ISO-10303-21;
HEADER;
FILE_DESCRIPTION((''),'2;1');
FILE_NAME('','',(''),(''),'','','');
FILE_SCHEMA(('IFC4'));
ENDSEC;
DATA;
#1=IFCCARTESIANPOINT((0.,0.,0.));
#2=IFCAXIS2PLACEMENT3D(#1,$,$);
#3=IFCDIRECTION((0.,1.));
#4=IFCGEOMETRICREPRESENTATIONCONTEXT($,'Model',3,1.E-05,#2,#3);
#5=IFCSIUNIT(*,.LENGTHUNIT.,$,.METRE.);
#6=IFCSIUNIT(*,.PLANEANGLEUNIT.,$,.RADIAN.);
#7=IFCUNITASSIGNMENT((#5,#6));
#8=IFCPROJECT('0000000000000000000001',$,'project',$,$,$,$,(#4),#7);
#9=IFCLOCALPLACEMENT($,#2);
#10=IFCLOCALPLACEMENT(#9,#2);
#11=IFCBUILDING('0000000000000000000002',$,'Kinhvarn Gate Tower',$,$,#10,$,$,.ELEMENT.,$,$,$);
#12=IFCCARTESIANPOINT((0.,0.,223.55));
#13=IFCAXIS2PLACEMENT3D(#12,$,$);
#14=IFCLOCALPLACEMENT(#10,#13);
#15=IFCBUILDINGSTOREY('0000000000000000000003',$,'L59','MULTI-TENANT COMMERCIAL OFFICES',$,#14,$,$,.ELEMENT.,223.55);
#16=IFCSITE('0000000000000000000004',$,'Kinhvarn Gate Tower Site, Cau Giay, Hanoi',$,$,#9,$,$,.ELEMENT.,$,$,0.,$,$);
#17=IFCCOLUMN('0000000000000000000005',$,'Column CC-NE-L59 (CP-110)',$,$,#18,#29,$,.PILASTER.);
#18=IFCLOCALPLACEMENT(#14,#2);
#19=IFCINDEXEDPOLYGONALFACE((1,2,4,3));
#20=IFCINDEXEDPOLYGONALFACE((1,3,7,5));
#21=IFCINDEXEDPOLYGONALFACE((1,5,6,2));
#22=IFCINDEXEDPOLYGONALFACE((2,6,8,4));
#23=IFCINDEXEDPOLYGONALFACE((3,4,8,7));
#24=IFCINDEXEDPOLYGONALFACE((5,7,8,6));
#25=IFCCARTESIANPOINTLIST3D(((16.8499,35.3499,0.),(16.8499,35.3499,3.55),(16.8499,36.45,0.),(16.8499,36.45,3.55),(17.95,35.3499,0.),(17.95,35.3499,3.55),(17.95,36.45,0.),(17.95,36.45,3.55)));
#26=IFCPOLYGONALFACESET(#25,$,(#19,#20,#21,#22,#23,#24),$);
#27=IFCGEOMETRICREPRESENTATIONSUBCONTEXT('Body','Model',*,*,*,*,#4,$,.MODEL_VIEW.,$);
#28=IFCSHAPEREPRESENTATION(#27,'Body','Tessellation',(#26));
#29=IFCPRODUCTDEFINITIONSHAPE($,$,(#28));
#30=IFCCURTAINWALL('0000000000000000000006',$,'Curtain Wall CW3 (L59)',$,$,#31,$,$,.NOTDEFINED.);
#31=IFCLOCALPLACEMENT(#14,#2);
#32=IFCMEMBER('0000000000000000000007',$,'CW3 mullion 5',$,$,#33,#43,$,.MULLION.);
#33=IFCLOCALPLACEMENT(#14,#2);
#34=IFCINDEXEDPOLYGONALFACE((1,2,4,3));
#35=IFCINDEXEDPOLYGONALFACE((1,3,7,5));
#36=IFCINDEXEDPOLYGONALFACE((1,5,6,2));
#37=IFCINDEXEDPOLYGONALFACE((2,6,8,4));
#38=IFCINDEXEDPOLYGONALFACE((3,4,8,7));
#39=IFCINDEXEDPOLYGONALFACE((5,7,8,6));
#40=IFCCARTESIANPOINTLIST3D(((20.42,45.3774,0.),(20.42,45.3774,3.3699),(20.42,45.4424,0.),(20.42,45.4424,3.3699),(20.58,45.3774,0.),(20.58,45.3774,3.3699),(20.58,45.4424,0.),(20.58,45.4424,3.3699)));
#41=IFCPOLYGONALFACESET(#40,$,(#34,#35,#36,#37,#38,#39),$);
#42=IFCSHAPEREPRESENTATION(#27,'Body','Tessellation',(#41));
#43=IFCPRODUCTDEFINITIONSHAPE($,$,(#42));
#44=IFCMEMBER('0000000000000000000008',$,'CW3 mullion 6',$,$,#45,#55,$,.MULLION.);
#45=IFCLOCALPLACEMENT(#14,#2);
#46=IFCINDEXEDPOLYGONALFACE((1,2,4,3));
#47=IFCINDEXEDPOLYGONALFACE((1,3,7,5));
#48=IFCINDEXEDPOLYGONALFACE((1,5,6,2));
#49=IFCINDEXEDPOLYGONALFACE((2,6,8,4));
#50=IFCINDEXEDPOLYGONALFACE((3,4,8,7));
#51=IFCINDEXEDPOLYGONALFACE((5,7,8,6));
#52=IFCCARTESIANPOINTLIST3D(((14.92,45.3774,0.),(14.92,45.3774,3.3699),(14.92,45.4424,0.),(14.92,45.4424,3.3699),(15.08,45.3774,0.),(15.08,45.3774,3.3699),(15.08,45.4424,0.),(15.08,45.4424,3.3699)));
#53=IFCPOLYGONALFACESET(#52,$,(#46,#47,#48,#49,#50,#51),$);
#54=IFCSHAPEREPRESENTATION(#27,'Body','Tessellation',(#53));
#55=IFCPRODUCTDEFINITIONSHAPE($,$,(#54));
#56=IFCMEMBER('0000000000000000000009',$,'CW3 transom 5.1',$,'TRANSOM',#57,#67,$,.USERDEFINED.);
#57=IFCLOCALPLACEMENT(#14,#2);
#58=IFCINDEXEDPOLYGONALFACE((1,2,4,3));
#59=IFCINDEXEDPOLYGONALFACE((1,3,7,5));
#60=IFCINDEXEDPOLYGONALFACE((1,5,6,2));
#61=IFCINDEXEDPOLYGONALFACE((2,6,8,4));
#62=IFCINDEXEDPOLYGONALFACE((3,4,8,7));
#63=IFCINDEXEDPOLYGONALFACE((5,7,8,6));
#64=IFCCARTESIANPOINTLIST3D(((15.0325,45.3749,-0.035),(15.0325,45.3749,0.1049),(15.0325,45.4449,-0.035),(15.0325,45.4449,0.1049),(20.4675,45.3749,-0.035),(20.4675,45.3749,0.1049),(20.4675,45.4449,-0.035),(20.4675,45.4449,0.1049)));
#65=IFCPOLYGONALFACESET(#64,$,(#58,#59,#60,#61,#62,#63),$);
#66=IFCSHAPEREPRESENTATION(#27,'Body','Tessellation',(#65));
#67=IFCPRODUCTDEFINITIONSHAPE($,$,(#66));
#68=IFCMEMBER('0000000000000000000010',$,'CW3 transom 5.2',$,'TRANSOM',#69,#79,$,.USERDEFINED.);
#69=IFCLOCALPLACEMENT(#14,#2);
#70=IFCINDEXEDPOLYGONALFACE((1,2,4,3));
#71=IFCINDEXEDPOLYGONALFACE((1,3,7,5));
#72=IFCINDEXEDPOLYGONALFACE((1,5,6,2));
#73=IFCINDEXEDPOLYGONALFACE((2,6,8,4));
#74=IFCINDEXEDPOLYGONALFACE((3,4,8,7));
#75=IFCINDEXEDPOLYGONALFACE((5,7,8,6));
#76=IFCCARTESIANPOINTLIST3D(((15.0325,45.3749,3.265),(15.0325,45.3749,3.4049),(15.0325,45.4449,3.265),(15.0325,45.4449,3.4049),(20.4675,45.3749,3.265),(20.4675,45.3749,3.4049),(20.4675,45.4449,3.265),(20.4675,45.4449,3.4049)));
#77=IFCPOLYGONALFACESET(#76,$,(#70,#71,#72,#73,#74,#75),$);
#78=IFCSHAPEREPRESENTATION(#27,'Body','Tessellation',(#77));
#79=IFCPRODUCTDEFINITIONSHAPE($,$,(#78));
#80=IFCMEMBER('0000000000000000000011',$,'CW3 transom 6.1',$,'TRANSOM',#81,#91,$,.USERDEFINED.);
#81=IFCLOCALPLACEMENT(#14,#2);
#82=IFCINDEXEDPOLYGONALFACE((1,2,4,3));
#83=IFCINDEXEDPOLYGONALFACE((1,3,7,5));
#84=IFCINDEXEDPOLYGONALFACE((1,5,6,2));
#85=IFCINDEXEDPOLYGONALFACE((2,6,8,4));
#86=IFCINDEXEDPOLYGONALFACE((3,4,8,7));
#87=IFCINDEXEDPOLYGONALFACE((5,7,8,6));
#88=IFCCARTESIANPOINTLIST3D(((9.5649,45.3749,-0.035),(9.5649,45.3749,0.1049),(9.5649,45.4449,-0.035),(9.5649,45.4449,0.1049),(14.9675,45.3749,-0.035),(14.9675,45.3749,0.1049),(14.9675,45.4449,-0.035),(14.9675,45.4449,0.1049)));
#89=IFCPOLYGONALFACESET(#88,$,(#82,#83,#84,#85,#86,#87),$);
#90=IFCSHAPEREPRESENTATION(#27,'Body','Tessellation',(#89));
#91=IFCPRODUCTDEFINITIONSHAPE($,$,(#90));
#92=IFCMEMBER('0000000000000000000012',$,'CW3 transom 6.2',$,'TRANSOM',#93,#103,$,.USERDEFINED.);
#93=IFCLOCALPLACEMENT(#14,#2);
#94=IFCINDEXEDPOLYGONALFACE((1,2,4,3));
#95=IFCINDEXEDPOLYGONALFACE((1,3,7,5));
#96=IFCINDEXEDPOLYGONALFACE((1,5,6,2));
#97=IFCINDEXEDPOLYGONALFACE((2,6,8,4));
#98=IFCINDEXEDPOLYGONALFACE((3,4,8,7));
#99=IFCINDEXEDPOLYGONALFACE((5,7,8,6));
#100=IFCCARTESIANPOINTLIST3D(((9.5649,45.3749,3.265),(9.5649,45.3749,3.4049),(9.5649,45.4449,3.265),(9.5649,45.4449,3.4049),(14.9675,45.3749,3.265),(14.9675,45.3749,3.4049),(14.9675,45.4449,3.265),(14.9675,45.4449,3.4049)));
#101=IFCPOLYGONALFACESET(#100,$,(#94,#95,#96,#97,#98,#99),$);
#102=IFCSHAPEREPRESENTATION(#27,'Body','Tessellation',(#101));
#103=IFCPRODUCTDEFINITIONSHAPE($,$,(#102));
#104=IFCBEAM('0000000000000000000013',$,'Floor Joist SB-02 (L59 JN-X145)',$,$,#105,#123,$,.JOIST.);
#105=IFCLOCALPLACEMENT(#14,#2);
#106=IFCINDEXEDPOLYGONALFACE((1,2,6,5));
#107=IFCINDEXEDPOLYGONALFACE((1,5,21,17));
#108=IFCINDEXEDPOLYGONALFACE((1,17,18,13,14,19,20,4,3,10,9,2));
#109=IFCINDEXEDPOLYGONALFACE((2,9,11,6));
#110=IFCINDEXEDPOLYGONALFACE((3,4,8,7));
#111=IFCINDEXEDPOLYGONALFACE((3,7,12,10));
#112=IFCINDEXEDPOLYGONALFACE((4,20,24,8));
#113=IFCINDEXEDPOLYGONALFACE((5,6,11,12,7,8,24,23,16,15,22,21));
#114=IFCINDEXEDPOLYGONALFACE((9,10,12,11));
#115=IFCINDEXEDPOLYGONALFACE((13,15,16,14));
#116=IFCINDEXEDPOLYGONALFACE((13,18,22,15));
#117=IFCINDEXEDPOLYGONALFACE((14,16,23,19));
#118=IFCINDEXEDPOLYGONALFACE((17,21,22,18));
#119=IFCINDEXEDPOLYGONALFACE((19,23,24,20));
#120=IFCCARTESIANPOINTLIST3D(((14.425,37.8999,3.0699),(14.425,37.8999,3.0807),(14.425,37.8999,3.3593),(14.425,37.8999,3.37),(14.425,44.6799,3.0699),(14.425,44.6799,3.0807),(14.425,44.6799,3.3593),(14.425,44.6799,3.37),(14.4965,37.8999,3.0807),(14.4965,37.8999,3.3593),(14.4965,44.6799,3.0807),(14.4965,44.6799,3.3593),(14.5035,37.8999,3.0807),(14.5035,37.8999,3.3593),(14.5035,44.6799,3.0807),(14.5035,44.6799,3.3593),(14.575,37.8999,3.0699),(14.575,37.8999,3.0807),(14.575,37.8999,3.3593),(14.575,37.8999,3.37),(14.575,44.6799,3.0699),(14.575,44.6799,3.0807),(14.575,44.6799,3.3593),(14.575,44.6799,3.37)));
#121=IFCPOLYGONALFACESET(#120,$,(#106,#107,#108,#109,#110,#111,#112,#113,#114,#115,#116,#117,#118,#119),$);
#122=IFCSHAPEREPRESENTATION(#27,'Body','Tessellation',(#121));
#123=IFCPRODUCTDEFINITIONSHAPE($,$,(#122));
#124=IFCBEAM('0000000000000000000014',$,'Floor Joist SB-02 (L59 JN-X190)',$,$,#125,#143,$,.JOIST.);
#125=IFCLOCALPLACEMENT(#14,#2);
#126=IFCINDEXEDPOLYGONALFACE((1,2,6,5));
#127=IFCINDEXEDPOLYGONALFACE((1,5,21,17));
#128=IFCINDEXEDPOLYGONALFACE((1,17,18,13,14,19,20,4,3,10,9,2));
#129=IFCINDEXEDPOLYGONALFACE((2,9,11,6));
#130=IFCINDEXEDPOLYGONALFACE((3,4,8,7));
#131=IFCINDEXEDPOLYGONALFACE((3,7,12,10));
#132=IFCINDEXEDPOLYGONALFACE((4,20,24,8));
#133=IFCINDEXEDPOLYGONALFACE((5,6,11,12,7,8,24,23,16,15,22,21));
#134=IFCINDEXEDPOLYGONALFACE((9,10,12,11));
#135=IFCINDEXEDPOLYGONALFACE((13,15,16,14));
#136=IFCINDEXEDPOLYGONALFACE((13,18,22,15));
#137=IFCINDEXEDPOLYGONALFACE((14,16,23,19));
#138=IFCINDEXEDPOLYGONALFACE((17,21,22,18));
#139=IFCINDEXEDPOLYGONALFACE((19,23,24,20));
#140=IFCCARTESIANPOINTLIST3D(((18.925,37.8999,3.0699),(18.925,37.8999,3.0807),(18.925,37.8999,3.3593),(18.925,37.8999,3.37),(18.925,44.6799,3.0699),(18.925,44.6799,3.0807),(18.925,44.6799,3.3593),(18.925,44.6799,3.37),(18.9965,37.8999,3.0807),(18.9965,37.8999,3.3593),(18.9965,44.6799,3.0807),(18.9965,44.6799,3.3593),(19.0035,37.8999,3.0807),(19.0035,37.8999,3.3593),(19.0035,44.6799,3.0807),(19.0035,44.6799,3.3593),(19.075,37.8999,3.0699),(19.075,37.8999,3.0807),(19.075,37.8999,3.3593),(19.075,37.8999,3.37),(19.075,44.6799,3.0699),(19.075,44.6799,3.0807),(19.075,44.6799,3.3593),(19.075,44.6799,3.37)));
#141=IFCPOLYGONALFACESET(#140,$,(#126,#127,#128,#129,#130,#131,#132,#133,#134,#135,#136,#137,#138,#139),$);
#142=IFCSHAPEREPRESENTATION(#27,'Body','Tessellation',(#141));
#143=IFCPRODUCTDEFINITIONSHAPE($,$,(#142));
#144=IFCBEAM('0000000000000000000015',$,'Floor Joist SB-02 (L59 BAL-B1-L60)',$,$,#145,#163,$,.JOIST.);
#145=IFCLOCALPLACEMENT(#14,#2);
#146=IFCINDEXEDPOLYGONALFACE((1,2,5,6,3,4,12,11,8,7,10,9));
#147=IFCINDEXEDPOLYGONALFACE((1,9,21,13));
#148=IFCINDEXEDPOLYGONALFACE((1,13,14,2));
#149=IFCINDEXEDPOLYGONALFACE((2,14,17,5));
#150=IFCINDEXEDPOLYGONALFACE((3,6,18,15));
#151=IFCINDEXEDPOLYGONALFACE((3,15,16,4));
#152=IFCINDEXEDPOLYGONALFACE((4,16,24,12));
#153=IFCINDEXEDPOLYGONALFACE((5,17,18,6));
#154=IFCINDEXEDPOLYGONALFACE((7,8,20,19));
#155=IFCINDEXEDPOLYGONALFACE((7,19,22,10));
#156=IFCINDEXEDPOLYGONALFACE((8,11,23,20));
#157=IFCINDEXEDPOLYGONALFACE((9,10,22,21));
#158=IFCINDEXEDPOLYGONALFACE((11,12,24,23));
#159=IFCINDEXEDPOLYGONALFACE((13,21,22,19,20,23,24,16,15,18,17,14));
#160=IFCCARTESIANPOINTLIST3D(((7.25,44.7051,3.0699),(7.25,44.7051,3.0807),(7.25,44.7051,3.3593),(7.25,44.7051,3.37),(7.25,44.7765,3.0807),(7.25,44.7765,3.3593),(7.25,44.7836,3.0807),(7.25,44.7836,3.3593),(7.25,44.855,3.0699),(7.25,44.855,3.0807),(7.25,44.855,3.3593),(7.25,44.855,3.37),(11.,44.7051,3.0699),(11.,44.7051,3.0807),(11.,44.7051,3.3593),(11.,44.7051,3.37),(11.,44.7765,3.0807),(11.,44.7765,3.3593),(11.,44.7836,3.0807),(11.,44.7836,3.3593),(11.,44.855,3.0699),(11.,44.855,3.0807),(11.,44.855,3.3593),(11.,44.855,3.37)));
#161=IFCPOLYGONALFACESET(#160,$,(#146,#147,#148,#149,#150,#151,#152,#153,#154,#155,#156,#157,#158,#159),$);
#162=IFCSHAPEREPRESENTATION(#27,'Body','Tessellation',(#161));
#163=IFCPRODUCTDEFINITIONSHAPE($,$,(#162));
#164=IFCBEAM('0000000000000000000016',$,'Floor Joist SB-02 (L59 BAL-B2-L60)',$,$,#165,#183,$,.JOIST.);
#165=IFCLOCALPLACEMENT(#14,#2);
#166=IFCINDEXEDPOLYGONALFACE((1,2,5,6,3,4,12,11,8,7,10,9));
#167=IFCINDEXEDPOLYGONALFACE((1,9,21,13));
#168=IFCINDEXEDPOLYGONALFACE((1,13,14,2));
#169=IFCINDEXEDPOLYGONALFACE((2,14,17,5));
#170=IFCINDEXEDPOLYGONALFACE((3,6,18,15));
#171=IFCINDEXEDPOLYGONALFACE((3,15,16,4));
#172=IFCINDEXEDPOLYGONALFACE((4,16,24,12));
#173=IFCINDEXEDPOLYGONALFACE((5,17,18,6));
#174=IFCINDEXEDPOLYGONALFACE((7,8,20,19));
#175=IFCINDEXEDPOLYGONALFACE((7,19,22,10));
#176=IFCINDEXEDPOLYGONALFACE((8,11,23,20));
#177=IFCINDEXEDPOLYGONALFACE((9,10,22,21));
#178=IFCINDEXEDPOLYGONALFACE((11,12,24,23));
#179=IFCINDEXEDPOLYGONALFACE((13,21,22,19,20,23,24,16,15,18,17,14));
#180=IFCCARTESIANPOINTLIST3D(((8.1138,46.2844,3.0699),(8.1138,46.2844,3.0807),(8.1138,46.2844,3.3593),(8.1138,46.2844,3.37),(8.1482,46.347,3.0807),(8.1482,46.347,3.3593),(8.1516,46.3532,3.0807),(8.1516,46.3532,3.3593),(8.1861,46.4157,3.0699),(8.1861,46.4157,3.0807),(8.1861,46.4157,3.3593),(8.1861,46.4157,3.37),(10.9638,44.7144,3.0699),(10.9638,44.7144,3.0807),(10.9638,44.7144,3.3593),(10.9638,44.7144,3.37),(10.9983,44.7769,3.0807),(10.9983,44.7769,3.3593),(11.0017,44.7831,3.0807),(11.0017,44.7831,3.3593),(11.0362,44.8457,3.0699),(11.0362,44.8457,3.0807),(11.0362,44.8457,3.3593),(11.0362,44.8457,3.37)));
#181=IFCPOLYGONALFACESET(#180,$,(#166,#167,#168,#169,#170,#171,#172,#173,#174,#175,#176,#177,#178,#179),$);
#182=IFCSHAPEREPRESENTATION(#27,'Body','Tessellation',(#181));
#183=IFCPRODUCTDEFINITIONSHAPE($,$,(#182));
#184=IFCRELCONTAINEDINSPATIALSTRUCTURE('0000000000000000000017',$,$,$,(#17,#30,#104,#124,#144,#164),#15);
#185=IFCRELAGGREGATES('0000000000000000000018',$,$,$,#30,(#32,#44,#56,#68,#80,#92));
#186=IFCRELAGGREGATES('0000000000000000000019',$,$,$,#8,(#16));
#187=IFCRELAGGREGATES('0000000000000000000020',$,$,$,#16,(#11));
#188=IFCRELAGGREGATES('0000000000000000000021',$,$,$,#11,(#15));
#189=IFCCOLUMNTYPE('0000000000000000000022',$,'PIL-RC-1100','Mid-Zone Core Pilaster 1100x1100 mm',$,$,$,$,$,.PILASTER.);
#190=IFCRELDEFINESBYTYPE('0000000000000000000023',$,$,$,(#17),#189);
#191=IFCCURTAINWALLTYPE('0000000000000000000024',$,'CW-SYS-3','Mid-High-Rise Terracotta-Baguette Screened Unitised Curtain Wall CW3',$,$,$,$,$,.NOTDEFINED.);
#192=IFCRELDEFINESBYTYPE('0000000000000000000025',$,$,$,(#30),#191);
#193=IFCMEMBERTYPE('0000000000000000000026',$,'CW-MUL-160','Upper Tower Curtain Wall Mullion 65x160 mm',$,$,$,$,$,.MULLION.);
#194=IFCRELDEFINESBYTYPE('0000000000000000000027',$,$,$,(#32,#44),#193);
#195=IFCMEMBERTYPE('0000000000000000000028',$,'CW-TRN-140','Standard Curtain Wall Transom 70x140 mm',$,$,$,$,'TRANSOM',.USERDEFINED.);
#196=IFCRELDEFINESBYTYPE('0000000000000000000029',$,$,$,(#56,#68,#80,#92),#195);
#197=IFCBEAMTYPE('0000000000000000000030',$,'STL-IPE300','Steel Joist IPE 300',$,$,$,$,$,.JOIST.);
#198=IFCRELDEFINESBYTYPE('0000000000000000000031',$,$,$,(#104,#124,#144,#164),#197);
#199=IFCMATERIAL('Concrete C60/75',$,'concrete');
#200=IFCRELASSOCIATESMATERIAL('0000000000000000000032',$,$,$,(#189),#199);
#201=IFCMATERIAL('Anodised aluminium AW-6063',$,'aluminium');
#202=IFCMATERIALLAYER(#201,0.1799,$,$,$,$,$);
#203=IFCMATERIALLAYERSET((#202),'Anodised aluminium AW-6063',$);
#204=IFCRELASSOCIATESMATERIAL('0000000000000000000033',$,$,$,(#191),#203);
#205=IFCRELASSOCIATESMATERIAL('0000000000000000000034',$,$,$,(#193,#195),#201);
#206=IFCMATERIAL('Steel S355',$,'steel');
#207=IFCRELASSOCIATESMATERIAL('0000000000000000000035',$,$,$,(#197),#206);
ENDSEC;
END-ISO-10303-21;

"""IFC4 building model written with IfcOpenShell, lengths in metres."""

from ifc_helpers import new_model, si_unit, direction, frame, origin, origin_2d, place, context, subcontext, project, spatial, rectangle, i_section, extrude, material, layer, layer_set, material_profile, profile_set, type_object, element, aggregate, save


model = new_model("IFC4")

# Units and contexts
model_context = context("Model", 3, precision=1e-05, world=origin(), true_north=direction((0.0, 1.0)))
body_context = subcontext(model_context, "Body", "Model", "MODEL_VIEW")
ifc_project = project(units=[si_unit("LENGTHUNIT", "METRE"), si_unit("PLANEANGLEUNIT", "RADIAN")], contexts=[model_context])

# Site, building, storey
site_placement = place(None, origin())
site = spatial("IfcSite", under=ifc_project, at=site_placement, Name="Kinhvarn Gate Tower Site, Cau Giay, Hanoi", CompositionType="ELEMENT", RefElevation=0.0)
building_placement = place(site_placement, origin())
building = spatial("IfcBuilding", under=site, at=building_placement, Name="Kinhvarn Gate Tower", CompositionType="ELEMENT")
storey_placement = place(building_placement, frame((0.0, 0.0, 223.55)))
storey = spatial("IfcBuildingStorey", under=building, at=storey_placement, Name="L59", Description="MULTI-TENANT COMMERCIAL OFFICES", CompositionType="ELEMENT", Elevation=223.55)

# Column
ifc_material_1 = material(Name="Concrete C60/75", Category="concrete")
ifc_material_profile_1 = material_profile(ifc_material_1, rectangle(XDim=1.1001, YDim=1.1001, at=origin_2d()), Name="RC 1100x1100")
ifc_profile_set_1 = profile_set([ifc_material_profile_1], Name="Concrete C60/75")
column_type = type_object("IfcColumnType", Name="PIL-RC-1100", Description="Mid-Zone Core Pilaster 1100x1100 mm", PredefinedType="PILASTER", material=ifc_profile_set_1)
column_placement = place(storey_placement, frame((17.3999, 35.8999, 0.0), z_axis=(0.0, 0.0, 1.0), x_axis=(1.0, 0.0, 0.0)))
element("IfcColumn", 1, at=column_placement, inside=storey, type_object=column_type, Name="Column CC-NE-L59 (CP-110)", PredefinedType="PILASTER", context=body_context, shape_type="SweptSolid", body=[
    extrude(rectangle(XDim=1.1001, YDim=1.1001, at=origin_2d()), origin(), (0.0, 0.0, 1.0), 3.55),
])

# Curtain wall, members
ifc_material_2 = material(Name="Anodised aluminium AW-6063", Category="aluminium")
ifc_layer_1 = layer(ifc_material_2, 0.1799)
ifc_layer_set_1 = layer_set([ifc_layer_1], Name="Anodised aluminium AW-6063")
curtain_wall_type = type_object("IfcCurtainWallType", Name="CW-SYS-3", Description="Mid-High-Rise Terracotta-Baguette Screened Unitised Curtain Wall CW3", PredefinedType="NOTDEFINED", material=ifc_layer_set_1)
curtain_wall_placement = place(storey_placement, origin())
curtain_wall = element("IfcCurtainWall", 2, at=curtain_wall_placement, inside=storey, type_object=curtain_wall_type, Name="Curtain Wall CW3 (L59)", PredefinedType="NOTDEFINED")
ifc_material_profile_2 = material_profile(ifc_material_2, rectangle(XDim=0.0649, YDim=0.1599, at=origin_2d()), Name="ALU 65x160")
ifc_profile_set_2 = profile_set([ifc_material_profile_2], Name="Anodised aluminium AW-6063")
member_type_1 = type_object("IfcMemberType", Name="CW-MUL-160", Description="Upper Tower Curtain Wall Mullion 65x160 mm", PredefinedType="MULLION", material=ifc_profile_set_2)
member_1_placement = place(storey_placement, frame((20.5, 45.4099, 0.0), z_axis=(0.0, 0.0, 1.0), x_axis=(0.0, -1.0, 0.0)))
member_1 = element("IfcMember", 3, at=member_1_placement, type_object=member_type_1, Name="CW3 mullion 5", PredefinedType="MULLION", context=body_context, shape_type="SweptSolid", body=[
    extrude(rectangle(XDim=0.0649, YDim=0.1599, at=origin_2d()), origin(), (0.0, 0.0, 1.0), 3.3699),
])
member_2_placement = place(storey_placement, frame((15.0, 45.4099, 0.0), z_axis=(0.0, 0.0, 1.0), x_axis=(0.0, -1.0, 0.0)))
member_2 = element("IfcMember", 4, at=member_2_placement, type_object=member_type_1, Name="CW3 mullion 6", PredefinedType="MULLION", context=body_context, shape_type="SweptSolid", body=[
    extrude(rectangle(XDim=0.0649, YDim=0.1599, at=origin_2d()), origin(), (0.0, 0.0, 1.0), 3.3699),
])
ifc_material_profile_3 = material_profile(ifc_material_2, rectangle(XDim=0.0701, YDim=0.1399, at=origin_2d()), Name="ALU 70x140")
ifc_profile_set_3 = profile_set([ifc_material_profile_3], Name="Anodised aluminium AW-6063")
member_type_2 = type_object("IfcMemberType", Name="CW-TRN-140", Description="Standard Curtain Wall Transom 70x140 mm", ElementType="TRANSOM", PredefinedType="USERDEFINED", material=ifc_profile_set_3)
member_3_placement = place(storey_placement, frame((20.4675, 45.4099, 0.0349), z_axis=(-1.0, 0.0, 0.0), x_axis=(0.0, -1.0, 0.0)))
member_3 = element("IfcMember", 5, at=member_3_placement, type_object=member_type_2, Name="CW3 transom 5.1", ObjectType="TRANSOM", PredefinedType="USERDEFINED", context=body_context, shape_type="SweptSolid", body=[
    extrude(rectangle(XDim=0.0701, YDim=0.1399, at=origin_2d()), origin(), (0.0, 0.0, 1.0), 5.4351),
])
member_4_placement = place(storey_placement, frame((20.4675, 45.4099, 3.335), z_axis=(-1.0, 0.0, 0.0), x_axis=(0.0, -1.0, 0.0)))
member_4 = element("IfcMember", 6, at=member_4_placement, type_object=member_type_2, Name="CW3 transom 5.2", ObjectType="TRANSOM", PredefinedType="USERDEFINED", context=body_context, shape_type="SweptSolid", body=[
    extrude(rectangle(XDim=0.0701, YDim=0.1399, at=origin_2d()), origin(), (0.0, 0.0, 1.0), 5.4351),
])
member_5_placement = place(storey_placement, frame((14.9675, 45.4099, 0.0349), z_axis=(-1.0, 0.0, 0.0), x_axis=(0.0, -1.0, 0.0)))
member_5 = element("IfcMember", 7, at=member_5_placement, type_object=member_type_2, Name="CW3 transom 6.1", ObjectType="TRANSOM", PredefinedType="USERDEFINED", context=body_context, shape_type="SweptSolid", body=[
    extrude(rectangle(XDim=0.0701, YDim=0.1399, at=origin_2d()), origin(), (0.0, 0.0, 1.0), 5.4026),
])
member_6_placement = place(storey_placement, frame((14.9675, 45.4099, 3.335), z_axis=(-1.0, 0.0, 0.0), x_axis=(0.0, -1.0, 0.0)))
member_6 = element("IfcMember", 8, at=member_6_placement, type_object=member_type_2, Name="CW3 transom 6.2", ObjectType="TRANSOM", PredefinedType="USERDEFINED", context=body_context, shape_type="SweptSolid", body=[
    extrude(rectangle(XDim=0.0701, YDim=0.1399, at=origin_2d()), origin(), (0.0, 0.0, 1.0), 5.4026),
])

# Beams
ifc_material_3 = material(Name="Steel S355", Category="steel")
ifc_material_profile_4 = material_profile(ifc_material_3, i_section(OverallWidth=0.1499, OverallDepth=0.3, WebThickness=0.0071, FlangeThickness=0.0107, at=origin_2d()), Name="IPE 300")
ifc_profile_set_4 = profile_set([ifc_material_profile_4], Name="Steel S355")
beam_type_1 = type_object("IfcBeamType", Name="STL-IPE300", Description="Steel Joist IPE 300", PredefinedType="JOIST", material=ifc_profile_set_4)
for number, where, z_axis, x_axis, name in (
    (9, (14.5, 37.8999, 3.22), (0.0, 1.0, 0.0), (-1.0, 0.0, 0.0), "Floor Joist SB-02 (L59 JN-X145)"),
    (10, (19.0, 37.8999, 3.22), (0.0, 1.0, 0.0), (-1.0, 0.0, 0.0), "Floor Joist SB-02 (L59 JN-X190)"),
):
    element("IfcBeam", number, at=place(storey_placement, frame(where, z_axis=z_axis, x_axis=x_axis)), inside=storey, type_object=beam_type_1, Name=name, PredefinedType="JOIST", context=body_context, shape_type="SweptSolid", body=[
        extrude(i_section(OverallWidth=0.1499, OverallDepth=0.3, WebThickness=0.0071, FlangeThickness=0.0107, at=origin_2d()), origin(), (0.0, 0.0, 1.0), 6.78),
    ])
beam_1_placement = place(storey_placement, frame((11.0, 44.78, 3.22), z_axis=(-1.0, 0.0, 0.0), x_axis=(0.0, -1.0, 0.0)))
element("IfcBeam", 11, at=beam_1_placement, inside=storey, type_object=beam_type_1, Name="Floor Joist SB-02 (L59 BAL-B1-L60)", PredefinedType="JOIST", context=body_context, shape_type="SweptSolid", body=[
    extrude(i_section(OverallWidth=0.1499, OverallDepth=0.3, WebThickness=0.0071, FlangeThickness=0.0107, at=origin_2d()), origin(), (0.0, 0.0, 1.0), 3.75),
])
beam_2_placement = place(storey_placement, frame((11.0, 44.78, 3.22), z_axis=(-0.875889, 0.482512, 0.0), x_axis=(-0.482512, -0.875889, 0.0)))
element("IfcBeam", 12, at=beam_2_placement, inside=storey, type_object=beam_type_1, Name="Floor Joist SB-02 (L59 BAL-B2-L60)", PredefinedType="JOIST", context=body_context, shape_type="SweptSolid", body=[
    extrude(i_section(OverallWidth=0.1499, OverallDepth=0.3, WebThickness=0.0071, FlangeThickness=0.0107, at=origin_2d()), origin(), (0.0, 0.0, 1.0), 3.2539),
])

aggregate(curtain_wall, [member_1, member_2, member_3, member_4, member_5, member_6])

save(model, "model.ifc")
